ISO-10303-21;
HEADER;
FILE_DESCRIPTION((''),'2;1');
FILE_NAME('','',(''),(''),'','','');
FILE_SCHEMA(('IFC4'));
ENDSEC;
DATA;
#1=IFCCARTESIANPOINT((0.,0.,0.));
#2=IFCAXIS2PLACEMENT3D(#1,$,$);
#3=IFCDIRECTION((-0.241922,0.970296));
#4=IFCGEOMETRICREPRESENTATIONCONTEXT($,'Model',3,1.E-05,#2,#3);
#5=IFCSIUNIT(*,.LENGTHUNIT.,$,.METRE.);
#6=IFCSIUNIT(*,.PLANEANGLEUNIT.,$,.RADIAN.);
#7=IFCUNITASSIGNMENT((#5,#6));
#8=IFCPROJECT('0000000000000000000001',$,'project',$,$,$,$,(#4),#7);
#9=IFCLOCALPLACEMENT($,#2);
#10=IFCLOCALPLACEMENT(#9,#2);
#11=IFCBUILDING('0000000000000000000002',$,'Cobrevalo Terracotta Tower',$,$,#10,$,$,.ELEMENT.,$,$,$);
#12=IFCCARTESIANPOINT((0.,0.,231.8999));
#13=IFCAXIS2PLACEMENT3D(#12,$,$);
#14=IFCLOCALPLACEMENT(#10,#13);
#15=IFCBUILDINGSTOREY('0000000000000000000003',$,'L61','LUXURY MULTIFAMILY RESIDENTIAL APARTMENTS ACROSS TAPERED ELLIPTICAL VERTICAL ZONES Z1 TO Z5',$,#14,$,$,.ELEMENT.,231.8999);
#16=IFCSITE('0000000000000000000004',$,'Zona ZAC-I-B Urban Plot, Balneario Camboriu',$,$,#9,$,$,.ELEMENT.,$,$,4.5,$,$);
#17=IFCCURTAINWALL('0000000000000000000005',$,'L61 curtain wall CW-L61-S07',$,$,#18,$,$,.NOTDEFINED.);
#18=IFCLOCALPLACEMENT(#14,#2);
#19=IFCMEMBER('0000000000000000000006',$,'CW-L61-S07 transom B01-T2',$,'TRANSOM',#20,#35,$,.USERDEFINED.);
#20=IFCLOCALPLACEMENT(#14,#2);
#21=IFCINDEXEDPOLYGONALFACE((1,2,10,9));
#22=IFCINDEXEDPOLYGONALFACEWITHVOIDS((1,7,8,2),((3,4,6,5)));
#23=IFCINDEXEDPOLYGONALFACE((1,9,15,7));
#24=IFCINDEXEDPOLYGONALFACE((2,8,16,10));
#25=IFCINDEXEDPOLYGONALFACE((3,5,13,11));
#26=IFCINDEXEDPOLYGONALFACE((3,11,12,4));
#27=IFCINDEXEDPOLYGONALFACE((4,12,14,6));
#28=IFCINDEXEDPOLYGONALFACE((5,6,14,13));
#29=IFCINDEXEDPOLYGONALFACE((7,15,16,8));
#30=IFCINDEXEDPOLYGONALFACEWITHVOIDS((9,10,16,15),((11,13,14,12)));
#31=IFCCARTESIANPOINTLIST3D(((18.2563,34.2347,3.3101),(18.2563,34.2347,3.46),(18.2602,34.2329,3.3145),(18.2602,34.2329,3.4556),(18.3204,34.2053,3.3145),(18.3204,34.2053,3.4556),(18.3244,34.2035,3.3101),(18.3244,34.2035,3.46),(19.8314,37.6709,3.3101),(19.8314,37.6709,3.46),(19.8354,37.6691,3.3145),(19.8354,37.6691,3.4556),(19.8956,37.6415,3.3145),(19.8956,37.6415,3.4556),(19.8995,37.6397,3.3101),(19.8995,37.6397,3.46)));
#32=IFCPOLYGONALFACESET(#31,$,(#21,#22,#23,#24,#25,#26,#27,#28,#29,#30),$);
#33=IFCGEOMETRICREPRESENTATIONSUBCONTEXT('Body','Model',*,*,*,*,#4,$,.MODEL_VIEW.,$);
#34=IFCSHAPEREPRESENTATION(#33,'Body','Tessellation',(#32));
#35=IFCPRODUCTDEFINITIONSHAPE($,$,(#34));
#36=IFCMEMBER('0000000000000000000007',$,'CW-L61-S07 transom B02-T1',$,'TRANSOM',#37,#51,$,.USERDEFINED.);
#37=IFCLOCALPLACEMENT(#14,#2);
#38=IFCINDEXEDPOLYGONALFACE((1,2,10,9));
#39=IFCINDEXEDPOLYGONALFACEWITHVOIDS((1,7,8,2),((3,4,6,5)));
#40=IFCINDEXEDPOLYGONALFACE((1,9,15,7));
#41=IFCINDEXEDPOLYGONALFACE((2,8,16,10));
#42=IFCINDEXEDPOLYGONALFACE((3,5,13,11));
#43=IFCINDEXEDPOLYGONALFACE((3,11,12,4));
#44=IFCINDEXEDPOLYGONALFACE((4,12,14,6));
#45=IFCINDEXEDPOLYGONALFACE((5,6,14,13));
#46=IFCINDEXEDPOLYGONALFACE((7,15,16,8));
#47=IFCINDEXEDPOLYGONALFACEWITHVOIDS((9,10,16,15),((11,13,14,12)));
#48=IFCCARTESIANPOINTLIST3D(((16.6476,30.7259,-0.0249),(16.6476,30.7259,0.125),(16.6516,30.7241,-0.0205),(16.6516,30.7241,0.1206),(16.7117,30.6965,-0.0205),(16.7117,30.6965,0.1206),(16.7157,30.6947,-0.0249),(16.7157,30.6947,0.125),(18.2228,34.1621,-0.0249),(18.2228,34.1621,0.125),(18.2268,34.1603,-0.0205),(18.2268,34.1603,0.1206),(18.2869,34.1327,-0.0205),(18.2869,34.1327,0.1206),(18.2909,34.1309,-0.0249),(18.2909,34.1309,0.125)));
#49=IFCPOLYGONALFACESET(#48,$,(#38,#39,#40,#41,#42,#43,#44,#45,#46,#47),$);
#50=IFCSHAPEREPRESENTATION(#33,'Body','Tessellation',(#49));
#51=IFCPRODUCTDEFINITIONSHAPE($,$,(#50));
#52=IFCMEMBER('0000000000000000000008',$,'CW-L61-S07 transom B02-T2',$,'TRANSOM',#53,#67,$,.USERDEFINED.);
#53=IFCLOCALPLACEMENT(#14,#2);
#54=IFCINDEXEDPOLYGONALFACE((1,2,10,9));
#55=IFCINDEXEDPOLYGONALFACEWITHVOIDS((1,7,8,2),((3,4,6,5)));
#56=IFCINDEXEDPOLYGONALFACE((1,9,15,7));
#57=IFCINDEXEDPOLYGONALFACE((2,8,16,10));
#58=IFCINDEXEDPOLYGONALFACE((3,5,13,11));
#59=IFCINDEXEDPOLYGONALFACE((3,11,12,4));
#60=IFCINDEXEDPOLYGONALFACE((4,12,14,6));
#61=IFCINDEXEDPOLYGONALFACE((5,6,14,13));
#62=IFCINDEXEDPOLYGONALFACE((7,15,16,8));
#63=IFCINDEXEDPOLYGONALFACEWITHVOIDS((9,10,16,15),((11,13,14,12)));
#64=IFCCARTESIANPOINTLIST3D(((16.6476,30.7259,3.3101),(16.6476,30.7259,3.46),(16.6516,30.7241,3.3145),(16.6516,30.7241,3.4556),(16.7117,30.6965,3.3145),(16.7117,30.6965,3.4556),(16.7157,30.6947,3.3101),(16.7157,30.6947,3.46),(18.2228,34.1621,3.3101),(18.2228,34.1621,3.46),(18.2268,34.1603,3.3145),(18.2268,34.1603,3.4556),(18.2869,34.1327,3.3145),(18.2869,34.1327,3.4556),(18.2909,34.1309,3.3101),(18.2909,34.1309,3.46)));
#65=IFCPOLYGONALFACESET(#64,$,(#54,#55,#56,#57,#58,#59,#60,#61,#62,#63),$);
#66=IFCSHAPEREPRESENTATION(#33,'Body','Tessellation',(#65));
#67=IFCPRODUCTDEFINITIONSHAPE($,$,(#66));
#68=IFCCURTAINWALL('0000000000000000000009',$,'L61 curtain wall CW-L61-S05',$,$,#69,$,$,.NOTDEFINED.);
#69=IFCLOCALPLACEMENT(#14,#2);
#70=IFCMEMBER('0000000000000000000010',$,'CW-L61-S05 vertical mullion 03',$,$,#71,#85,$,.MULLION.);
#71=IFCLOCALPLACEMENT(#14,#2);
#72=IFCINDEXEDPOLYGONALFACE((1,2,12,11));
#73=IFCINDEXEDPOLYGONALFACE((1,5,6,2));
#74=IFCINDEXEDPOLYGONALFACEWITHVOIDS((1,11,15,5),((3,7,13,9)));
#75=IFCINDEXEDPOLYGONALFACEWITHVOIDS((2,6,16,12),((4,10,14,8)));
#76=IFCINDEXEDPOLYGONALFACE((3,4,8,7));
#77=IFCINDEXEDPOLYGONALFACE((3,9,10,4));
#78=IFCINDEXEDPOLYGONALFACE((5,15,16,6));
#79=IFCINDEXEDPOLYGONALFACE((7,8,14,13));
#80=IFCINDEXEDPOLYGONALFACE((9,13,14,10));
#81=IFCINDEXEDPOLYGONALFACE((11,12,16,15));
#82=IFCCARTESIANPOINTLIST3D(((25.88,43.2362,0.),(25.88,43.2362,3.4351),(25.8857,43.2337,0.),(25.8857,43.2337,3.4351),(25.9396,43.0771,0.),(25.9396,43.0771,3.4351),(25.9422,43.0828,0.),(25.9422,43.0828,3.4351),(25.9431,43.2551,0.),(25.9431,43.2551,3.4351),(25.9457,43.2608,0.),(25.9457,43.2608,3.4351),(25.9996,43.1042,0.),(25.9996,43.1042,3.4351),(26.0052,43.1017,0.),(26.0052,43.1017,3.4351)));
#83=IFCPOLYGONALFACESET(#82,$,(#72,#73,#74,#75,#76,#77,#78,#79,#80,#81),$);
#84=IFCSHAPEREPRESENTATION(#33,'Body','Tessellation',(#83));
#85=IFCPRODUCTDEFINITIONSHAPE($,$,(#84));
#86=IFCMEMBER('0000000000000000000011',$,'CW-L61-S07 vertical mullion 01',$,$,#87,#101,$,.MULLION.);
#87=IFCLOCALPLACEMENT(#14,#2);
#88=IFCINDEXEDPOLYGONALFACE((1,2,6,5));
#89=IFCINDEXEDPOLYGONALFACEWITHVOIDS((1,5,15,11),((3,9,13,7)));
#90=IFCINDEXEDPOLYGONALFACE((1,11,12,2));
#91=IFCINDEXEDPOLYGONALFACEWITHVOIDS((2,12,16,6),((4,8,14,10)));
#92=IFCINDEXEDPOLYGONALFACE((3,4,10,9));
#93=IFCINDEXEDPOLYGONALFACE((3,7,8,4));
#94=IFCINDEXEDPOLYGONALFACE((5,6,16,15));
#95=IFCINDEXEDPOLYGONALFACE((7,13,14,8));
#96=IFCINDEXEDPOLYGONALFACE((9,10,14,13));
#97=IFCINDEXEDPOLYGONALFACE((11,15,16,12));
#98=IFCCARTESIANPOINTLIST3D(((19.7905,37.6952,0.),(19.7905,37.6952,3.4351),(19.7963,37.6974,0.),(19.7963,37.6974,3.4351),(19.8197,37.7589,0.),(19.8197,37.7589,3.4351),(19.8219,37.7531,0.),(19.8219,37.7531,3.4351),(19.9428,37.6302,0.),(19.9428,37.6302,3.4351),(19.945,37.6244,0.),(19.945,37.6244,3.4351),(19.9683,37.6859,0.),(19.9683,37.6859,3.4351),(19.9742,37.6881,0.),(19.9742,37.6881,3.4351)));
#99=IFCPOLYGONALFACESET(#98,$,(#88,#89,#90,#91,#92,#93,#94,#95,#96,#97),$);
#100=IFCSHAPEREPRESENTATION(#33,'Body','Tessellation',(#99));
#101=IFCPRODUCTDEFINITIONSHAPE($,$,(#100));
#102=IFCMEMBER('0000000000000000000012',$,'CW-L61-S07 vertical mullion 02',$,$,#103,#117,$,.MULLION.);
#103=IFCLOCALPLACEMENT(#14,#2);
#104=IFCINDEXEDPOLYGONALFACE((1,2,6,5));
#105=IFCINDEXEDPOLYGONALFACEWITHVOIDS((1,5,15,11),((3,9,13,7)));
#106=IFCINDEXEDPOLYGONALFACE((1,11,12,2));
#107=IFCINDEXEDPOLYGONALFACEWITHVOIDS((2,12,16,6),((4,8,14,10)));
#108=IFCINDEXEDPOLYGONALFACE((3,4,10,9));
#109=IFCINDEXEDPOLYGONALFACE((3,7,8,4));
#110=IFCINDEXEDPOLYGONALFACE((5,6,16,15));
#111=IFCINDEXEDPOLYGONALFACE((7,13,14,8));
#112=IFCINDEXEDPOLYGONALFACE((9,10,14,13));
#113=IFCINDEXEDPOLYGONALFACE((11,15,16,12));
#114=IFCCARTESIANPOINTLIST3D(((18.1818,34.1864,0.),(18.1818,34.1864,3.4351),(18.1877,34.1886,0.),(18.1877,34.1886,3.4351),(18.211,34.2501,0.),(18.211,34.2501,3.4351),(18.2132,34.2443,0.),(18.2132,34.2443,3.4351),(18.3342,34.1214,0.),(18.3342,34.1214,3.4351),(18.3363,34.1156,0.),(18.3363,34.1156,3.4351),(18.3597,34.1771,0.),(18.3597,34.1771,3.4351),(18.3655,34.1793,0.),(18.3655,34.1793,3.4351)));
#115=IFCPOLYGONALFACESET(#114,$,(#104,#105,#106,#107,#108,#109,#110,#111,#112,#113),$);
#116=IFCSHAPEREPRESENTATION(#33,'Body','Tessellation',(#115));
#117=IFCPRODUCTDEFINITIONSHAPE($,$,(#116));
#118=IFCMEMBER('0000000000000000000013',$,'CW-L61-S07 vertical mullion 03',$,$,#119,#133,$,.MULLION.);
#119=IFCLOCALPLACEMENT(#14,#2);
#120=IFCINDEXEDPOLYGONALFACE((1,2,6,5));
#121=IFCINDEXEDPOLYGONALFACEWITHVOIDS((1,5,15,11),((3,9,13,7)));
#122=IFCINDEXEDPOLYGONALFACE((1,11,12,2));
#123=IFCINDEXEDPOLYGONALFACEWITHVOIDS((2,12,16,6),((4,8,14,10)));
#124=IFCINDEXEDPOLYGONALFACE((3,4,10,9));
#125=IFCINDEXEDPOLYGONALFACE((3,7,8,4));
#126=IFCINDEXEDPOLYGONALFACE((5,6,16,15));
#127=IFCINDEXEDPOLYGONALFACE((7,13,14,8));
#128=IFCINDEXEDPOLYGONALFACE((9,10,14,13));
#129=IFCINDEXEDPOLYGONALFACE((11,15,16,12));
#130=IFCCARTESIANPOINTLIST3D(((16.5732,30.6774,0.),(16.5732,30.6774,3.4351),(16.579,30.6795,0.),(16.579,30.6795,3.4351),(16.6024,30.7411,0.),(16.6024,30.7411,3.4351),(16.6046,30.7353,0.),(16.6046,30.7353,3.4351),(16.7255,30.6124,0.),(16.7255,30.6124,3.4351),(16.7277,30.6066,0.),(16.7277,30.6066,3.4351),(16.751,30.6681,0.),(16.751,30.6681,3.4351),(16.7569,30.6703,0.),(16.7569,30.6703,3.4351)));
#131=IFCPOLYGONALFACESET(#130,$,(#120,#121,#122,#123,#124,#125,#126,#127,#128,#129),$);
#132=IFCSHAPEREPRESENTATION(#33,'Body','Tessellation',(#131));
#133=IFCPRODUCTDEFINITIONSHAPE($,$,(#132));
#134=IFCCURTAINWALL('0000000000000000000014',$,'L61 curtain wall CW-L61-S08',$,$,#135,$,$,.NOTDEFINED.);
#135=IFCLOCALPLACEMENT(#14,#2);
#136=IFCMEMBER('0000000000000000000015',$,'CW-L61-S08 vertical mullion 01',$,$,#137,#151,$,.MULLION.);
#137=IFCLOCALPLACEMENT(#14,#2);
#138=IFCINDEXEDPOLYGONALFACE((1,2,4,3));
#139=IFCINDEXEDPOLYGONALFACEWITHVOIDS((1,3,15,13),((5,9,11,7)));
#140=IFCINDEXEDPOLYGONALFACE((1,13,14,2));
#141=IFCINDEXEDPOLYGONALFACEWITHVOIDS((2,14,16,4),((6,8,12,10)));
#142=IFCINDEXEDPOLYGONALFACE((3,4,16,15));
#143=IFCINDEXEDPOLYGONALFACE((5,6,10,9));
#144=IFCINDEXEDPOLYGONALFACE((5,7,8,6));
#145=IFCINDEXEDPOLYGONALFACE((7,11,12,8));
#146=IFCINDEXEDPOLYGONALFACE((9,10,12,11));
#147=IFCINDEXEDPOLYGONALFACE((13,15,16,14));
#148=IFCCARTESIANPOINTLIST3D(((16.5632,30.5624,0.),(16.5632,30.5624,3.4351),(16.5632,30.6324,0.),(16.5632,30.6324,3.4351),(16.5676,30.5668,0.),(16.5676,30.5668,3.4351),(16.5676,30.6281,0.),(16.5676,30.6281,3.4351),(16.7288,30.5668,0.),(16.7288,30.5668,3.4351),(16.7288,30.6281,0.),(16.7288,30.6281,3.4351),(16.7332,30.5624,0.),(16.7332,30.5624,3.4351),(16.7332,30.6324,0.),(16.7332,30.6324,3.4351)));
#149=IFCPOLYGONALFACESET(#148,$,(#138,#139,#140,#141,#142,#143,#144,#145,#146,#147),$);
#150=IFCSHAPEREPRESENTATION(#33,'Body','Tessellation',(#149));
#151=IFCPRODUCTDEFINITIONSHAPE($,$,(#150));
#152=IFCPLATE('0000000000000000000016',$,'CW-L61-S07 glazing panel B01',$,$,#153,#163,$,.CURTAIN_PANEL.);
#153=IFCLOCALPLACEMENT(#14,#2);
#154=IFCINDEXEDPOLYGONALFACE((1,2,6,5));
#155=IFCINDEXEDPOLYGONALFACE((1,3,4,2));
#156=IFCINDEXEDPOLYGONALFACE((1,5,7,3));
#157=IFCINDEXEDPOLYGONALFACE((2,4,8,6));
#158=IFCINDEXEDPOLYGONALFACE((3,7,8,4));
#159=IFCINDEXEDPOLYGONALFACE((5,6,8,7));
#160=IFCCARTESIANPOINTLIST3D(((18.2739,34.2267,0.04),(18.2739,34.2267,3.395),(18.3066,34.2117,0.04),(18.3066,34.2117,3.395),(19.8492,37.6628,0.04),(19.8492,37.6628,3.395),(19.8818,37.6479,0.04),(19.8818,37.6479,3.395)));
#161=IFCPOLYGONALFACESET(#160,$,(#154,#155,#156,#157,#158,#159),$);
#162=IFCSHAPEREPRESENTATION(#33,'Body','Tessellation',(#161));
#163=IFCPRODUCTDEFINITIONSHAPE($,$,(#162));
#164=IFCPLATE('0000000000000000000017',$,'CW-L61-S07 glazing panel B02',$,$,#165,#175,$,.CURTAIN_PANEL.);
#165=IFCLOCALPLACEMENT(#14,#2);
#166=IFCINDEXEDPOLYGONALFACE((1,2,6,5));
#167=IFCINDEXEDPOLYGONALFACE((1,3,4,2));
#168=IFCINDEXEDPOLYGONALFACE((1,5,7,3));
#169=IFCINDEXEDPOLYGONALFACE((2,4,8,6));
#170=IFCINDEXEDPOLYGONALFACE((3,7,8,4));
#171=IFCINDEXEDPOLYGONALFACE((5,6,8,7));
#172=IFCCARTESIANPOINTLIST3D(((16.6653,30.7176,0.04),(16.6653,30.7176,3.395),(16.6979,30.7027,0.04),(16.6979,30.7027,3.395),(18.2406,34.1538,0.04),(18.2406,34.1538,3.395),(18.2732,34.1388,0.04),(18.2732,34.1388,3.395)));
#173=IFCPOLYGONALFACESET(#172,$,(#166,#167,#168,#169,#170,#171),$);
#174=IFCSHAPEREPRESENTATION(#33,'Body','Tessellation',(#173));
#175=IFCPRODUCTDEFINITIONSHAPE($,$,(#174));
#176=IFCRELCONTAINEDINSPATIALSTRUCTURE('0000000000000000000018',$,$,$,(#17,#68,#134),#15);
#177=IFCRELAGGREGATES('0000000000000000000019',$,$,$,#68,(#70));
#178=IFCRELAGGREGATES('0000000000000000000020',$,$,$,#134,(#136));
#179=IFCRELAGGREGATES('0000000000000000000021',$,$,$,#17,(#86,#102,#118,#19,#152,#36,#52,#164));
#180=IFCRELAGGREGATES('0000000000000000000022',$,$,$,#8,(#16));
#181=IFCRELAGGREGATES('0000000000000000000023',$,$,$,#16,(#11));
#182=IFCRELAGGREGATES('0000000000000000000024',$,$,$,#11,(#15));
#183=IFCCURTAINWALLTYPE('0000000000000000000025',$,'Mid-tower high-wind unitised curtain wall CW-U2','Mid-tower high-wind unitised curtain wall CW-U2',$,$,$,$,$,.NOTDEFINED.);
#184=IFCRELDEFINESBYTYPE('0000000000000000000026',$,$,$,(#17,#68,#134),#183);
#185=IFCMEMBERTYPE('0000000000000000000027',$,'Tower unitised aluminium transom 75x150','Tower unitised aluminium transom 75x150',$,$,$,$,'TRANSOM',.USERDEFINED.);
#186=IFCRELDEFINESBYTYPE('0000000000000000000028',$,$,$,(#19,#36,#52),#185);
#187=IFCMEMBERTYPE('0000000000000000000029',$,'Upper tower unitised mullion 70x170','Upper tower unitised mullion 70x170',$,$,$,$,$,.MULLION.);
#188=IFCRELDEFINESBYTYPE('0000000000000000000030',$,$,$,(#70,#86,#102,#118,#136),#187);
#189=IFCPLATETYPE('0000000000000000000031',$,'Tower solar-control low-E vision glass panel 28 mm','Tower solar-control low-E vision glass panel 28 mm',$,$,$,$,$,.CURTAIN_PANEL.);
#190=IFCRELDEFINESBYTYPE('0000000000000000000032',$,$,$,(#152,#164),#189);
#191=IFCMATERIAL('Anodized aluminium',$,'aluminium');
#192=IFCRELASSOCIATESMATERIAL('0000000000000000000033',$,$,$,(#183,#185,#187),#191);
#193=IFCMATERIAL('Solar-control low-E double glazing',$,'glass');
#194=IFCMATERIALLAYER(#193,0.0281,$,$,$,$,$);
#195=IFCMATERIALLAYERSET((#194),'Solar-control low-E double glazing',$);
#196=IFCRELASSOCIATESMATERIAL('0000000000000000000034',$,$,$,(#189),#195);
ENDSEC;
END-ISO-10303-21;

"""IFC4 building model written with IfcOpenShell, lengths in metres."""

from ifc_helpers import new_model, si_unit, direction, frame, origin, origin_2d, place, context, subcontext, project, spatial, rectangle, hollow_rectangle, extrude, source, transform, mapped, material, layer, layer_set, material_profile, profile_set, type_object, element, aggregate, save


model = new_model("IFC4")

# Units and contexts
model_context = context("Model", 3, precision=1e-05, world=origin(), true_north=direction((-0.241922, 0.970296)))
body_context = subcontext(model_context, "Body", "Model", "MODEL_VIEW")
ifc_project = project(units=[si_unit("LENGTHUNIT", "METRE"), si_unit("PLANEANGLEUNIT", "RADIAN")], contexts=[model_context])

# Site, building, storey
site_placement = place(None, origin())
site = spatial("IfcSite", under=ifc_project, at=site_placement, Name="Zona ZAC-I-B Urban Plot, Balneario Camboriu", CompositionType="ELEMENT", RefElevation=4.5)
building_placement = place(site_placement, origin())
building = spatial("IfcBuilding", under=site, at=building_placement, Name="Cobrevalo Terracotta Tower", CompositionType="ELEMENT")
storey_placement = place(building_placement, frame((0.0, 0.0, 231.8999)))
storey = spatial("IfcBuildingStorey", under=building, at=storey_placement, Name="L61", Description="LUXURY MULTIFAMILY RESIDENTIAL APARTMENTS ACROSS TAPERED ELLIPTICAL VERTICAL ZONES Z1 TO Z5", CompositionType="ELEMENT", Elevation=231.8999)

# Curtain wall, members
ifc_material_1 = material(Name="Anodized aluminium", Category="aluminium")
curtain_wall_type = type_object("IfcCurtainWallType", Name="Mid-tower high-wind unitised curtain wall CW-U2", Description="Mid-tower high-wind unitised curtain wall CW-U2", PredefinedType="NOTDEFINED", material=ifc_material_1)
curtain_wall_1_placement = place(storey_placement, origin())
curtain_wall_1 = element("IfcCurtainWall", 1, at=curtain_wall_1_placement, inside=storey, type_object=curtain_wall_type, Name="L61 curtain wall CW-L61-S07", PredefinedType="NOTDEFINED")
ifc_material_profile_1 = material_profile(ifc_material_1, hollow_rectangle(XDim=0.075, YDim=0.1499, WallThickness=0.0044, at=origin_2d()), Name="CWT 75x150")
ifc_profile_set_1 = profile_set([ifc_material_profile_1], Name="Anodized aluminium")
member_type_1 = type_object("IfcMemberType", Name="Tower unitised aluminium transom 75x150", Description="Tower unitised aluminium transom 75x150", ElementType="TRANSOM", PredefinedType="USERDEFINED", material=ifc_profile_set_1)
shared_shape_1 = source(origin(), body_context, "Body", "SweptSolid", [
    extrude(hollow_rectangle(XDim=0.075, YDim=0.1499, WallThickness=0.0044, at=origin_2d()), origin(), (0.0, 0.0, 1.0), 3.78),
])
member_1_placement = place(storey_placement, frame((19.8655, 37.6553, 3.385), z_axis=(-0.416706, -0.909041, 0.0), x_axis=(0.909041, -0.416706, 0.0)))
member_1 = element("IfcMember", 2, at=member_1_placement, type_object=member_type_1, Name="CW-L61-S07 transom B01-T2", ObjectType="TRANSOM", PredefinedType="USERDEFINED", context=body_context, shape_type="MappedRepresentation", body=[
    mapped(shared_shape_1, transform((0.0, 0.0, 0.0), scale=1.0)),
])
member_2_placement = place(storey_placement, frame((18.2568, 34.1465, 0.05), z_axis=(-0.416706, -0.909041, 0.0), x_axis=(0.909041, -0.416706, 0.0)))
member_2 = element("IfcMember", 3, at=member_2_placement, type_object=member_type_1, Name="CW-L61-S07 transom B02-T1", ObjectType="TRANSOM", PredefinedType="USERDEFINED", context=body_context, shape_type="MappedRepresentation", body=[
    mapped(shared_shape_1, transform((0.0, 0.0, 0.0), scale=1.0)),
])
member_3_placement = place(storey_placement, frame((18.2568, 34.1465, 3.385), z_axis=(-0.416706, -0.909041, 0.0), x_axis=(0.909041, -0.416706, 0.0)))
member_3 = element("IfcMember", 4, at=member_3_placement, type_object=member_type_1, Name="CW-L61-S07 transom B02-T2", ObjectType="TRANSOM", PredefinedType="USERDEFINED", context=body_context, shape_type="MappedRepresentation", body=[
    mapped(shared_shape_1, transform((0.0, 0.0, 0.0), scale=1.0)),
])

# Curtain wall, member
curtain_wall_2_placement = place(storey_placement, origin())
curtain_wall_2 = element("IfcCurtainWall", 5, at=curtain_wall_2_placement, inside=storey, type_object=curtain_wall_type, Name="L61 curtain wall CW-L61-S05", PredefinedType="NOTDEFINED")
ifc_material_profile_2 = material_profile(ifc_material_1, hollow_rectangle(XDim=0.0701, YDim=0.1699, WallThickness=0.0044, at=origin_2d()), Name="CWM 70x170")
ifc_profile_set_2 = profile_set([ifc_material_profile_2], Name="Anodized aluminium")
member_type_2 = type_object("IfcMemberType", Name="Upper tower unitised mullion 70x170", Description="Upper tower unitised mullion 70x170", PredefinedType="MULLION", material=ifc_profile_set_2)
shared_shape_2 = source(origin(), body_context, "Body", "SweptSolid", [
    extrude(hollow_rectangle(XDim=0.0701, YDim=0.1699, WallThickness=0.0044, at=origin_2d()), origin(), (0.0, 0.0, 1.0), 3.4351),
])
member_4_placement = place(storey_placement, frame((25.9426, 43.1689, 0.0), z_axis=(0.0, 0.0, 1.0), x_axis=(-0.936556, -0.350518, 0.0)))
member_4 = element("IfcMember", 6, at=member_4_placement, type_object=member_type_2, Name="CW-L61-S05 vertical mullion 03", PredefinedType="MULLION", context=body_context, shape_type="MappedRepresentation", body=[
    mapped(shared_shape_2, transform((0.0, 0.0, 0.0), scale=1.0)),
])
aggregate(curtain_wall_2, [member_4])

# Members
member_5_placement = place(storey_placement, frame((19.8823, 37.6917, 0.0), z_axis=(0.0, 0.0, 1.0), x_axis=(-0.416725, -0.909033, 0.0)))
member_5 = element("IfcMember", 7, at=member_5_placement, type_object=member_type_2, Name="CW-L61-S07 vertical mullion 01", PredefinedType="MULLION", context=body_context, shape_type="MappedRepresentation", body=[
    mapped(shared_shape_2, transform((0.0, 0.0, 0.0), scale=1.0)),
])
member_6_placement = place(storey_placement, frame((18.2737, 34.1829, 0.0), z_axis=(0.0, 0.0, 1.0), x_axis=(-0.416725, -0.909033, 0.0)))
member_6 = element("IfcMember", 8, at=member_6_placement, type_object=member_type_2, Name="CW-L61-S07 vertical mullion 02", PredefinedType="MULLION", context=body_context, shape_type="MappedRepresentation", body=[
    mapped(shared_shape_2, transform((0.0, 0.0, 0.0), scale=1.0)),
])
member_7_placement = place(storey_placement, frame((16.665, 30.6738, 0.0), z_axis=(0.0, 0.0, 1.0), x_axis=(-0.416725, -0.909033, 0.0)))
member_7 = element("IfcMember", 9, at=member_7_placement, type_object=member_type_2, Name="CW-L61-S07 vertical mullion 03", PredefinedType="MULLION", context=body_context, shape_type="MappedRepresentation", body=[
    mapped(shared_shape_2, transform((0.0, 0.0, 0.0), scale=1.0)),
])

# Curtain wall, member
curtain_wall_3_placement = place(storey_placement, origin())
curtain_wall_3 = element("IfcCurtainWall", 10, at=curtain_wall_3_placement, inside=storey, type_object=curtain_wall_type, Name="L61 curtain wall CW-L61-S08", PredefinedType="NOTDEFINED")
member_8_placement = place(storey_placement, frame((16.6482, 30.5974, 0.0), z_axis=(0.0, 0.0, 1.0), x_axis=(0.0, -1.0, 0.0)))
member_8 = element("IfcMember", 11, at=member_8_placement, type_object=member_type_2, Name="CW-L61-S08 vertical mullion 01", PredefinedType="MULLION", context=body_context, shape_type="MappedRepresentation", body=[
    mapped(shared_shape_2, transform((0.0, 0.0, 0.0), scale=1.0)),
])
aggregate(curtain_wall_3, [member_8])

# Plates
ifc_material_2 = material(Name="Solar-control low-E double glazing", Category="glass")
ifc_layer_1 = layer(ifc_material_2, 0.0281)
ifc_layer_set_1 = layer_set([ifc_layer_1], Name="Solar-control low-E double glazing")
plate_type = type_object("IfcPlateType", Name="Tower solar-control low-E vision glass panel 28 mm", Description="Tower solar-control low-E vision glass panel 28 mm", PredefinedType="CURTAIN_PANEL", material=ifc_layer_set_1)
shared_shape_3 = source(origin(), body_context, "Body", "SweptSolid", [
    extrude(rectangle(XDim=3.78, YDim=0.0359, at=origin_2d()), origin(), (0.0, 0.0, 1.0), 3.355),
])
plate_1_placement = place(storey_placement, frame((19.0779, 35.9373, 0.04), z_axis=(0.0, 0.0, 1.0), x_axis=(-0.416731, -0.90903, 0.0)))
plate_1 = element("IfcPlate", 12, at=plate_1_placement, type_object=plate_type, Name="CW-L61-S07 glazing panel B01", PredefinedType="CURTAIN_PANEL", context=body_context, shape_type="MappedRepresentation", body=[
    mapped(shared_shape_3, transform((0.0, 0.0, 0.0), scale=1.0)),
])
plate_2_placement = place(storey_placement, frame((17.4692, 32.4282, 0.04), z_axis=(0.0, 0.0, 1.0), x_axis=(-0.416731, -0.90903, 0.0)))
plate_2 = element("IfcPlate", 13, at=plate_2_placement, type_object=plate_type, Name="CW-L61-S07 glazing panel B02", PredefinedType="CURTAIN_PANEL", context=body_context, shape_type="MappedRepresentation", body=[
    mapped(shared_shape_3, transform((0.0, 0.0, 0.0), scale=1.0)),
])
aggregate(curtain_wall_1, [member_5, member_6, member_7, member_1, plate_1, member_2, member_3, plate_2])

save(model, "model.ifc")
